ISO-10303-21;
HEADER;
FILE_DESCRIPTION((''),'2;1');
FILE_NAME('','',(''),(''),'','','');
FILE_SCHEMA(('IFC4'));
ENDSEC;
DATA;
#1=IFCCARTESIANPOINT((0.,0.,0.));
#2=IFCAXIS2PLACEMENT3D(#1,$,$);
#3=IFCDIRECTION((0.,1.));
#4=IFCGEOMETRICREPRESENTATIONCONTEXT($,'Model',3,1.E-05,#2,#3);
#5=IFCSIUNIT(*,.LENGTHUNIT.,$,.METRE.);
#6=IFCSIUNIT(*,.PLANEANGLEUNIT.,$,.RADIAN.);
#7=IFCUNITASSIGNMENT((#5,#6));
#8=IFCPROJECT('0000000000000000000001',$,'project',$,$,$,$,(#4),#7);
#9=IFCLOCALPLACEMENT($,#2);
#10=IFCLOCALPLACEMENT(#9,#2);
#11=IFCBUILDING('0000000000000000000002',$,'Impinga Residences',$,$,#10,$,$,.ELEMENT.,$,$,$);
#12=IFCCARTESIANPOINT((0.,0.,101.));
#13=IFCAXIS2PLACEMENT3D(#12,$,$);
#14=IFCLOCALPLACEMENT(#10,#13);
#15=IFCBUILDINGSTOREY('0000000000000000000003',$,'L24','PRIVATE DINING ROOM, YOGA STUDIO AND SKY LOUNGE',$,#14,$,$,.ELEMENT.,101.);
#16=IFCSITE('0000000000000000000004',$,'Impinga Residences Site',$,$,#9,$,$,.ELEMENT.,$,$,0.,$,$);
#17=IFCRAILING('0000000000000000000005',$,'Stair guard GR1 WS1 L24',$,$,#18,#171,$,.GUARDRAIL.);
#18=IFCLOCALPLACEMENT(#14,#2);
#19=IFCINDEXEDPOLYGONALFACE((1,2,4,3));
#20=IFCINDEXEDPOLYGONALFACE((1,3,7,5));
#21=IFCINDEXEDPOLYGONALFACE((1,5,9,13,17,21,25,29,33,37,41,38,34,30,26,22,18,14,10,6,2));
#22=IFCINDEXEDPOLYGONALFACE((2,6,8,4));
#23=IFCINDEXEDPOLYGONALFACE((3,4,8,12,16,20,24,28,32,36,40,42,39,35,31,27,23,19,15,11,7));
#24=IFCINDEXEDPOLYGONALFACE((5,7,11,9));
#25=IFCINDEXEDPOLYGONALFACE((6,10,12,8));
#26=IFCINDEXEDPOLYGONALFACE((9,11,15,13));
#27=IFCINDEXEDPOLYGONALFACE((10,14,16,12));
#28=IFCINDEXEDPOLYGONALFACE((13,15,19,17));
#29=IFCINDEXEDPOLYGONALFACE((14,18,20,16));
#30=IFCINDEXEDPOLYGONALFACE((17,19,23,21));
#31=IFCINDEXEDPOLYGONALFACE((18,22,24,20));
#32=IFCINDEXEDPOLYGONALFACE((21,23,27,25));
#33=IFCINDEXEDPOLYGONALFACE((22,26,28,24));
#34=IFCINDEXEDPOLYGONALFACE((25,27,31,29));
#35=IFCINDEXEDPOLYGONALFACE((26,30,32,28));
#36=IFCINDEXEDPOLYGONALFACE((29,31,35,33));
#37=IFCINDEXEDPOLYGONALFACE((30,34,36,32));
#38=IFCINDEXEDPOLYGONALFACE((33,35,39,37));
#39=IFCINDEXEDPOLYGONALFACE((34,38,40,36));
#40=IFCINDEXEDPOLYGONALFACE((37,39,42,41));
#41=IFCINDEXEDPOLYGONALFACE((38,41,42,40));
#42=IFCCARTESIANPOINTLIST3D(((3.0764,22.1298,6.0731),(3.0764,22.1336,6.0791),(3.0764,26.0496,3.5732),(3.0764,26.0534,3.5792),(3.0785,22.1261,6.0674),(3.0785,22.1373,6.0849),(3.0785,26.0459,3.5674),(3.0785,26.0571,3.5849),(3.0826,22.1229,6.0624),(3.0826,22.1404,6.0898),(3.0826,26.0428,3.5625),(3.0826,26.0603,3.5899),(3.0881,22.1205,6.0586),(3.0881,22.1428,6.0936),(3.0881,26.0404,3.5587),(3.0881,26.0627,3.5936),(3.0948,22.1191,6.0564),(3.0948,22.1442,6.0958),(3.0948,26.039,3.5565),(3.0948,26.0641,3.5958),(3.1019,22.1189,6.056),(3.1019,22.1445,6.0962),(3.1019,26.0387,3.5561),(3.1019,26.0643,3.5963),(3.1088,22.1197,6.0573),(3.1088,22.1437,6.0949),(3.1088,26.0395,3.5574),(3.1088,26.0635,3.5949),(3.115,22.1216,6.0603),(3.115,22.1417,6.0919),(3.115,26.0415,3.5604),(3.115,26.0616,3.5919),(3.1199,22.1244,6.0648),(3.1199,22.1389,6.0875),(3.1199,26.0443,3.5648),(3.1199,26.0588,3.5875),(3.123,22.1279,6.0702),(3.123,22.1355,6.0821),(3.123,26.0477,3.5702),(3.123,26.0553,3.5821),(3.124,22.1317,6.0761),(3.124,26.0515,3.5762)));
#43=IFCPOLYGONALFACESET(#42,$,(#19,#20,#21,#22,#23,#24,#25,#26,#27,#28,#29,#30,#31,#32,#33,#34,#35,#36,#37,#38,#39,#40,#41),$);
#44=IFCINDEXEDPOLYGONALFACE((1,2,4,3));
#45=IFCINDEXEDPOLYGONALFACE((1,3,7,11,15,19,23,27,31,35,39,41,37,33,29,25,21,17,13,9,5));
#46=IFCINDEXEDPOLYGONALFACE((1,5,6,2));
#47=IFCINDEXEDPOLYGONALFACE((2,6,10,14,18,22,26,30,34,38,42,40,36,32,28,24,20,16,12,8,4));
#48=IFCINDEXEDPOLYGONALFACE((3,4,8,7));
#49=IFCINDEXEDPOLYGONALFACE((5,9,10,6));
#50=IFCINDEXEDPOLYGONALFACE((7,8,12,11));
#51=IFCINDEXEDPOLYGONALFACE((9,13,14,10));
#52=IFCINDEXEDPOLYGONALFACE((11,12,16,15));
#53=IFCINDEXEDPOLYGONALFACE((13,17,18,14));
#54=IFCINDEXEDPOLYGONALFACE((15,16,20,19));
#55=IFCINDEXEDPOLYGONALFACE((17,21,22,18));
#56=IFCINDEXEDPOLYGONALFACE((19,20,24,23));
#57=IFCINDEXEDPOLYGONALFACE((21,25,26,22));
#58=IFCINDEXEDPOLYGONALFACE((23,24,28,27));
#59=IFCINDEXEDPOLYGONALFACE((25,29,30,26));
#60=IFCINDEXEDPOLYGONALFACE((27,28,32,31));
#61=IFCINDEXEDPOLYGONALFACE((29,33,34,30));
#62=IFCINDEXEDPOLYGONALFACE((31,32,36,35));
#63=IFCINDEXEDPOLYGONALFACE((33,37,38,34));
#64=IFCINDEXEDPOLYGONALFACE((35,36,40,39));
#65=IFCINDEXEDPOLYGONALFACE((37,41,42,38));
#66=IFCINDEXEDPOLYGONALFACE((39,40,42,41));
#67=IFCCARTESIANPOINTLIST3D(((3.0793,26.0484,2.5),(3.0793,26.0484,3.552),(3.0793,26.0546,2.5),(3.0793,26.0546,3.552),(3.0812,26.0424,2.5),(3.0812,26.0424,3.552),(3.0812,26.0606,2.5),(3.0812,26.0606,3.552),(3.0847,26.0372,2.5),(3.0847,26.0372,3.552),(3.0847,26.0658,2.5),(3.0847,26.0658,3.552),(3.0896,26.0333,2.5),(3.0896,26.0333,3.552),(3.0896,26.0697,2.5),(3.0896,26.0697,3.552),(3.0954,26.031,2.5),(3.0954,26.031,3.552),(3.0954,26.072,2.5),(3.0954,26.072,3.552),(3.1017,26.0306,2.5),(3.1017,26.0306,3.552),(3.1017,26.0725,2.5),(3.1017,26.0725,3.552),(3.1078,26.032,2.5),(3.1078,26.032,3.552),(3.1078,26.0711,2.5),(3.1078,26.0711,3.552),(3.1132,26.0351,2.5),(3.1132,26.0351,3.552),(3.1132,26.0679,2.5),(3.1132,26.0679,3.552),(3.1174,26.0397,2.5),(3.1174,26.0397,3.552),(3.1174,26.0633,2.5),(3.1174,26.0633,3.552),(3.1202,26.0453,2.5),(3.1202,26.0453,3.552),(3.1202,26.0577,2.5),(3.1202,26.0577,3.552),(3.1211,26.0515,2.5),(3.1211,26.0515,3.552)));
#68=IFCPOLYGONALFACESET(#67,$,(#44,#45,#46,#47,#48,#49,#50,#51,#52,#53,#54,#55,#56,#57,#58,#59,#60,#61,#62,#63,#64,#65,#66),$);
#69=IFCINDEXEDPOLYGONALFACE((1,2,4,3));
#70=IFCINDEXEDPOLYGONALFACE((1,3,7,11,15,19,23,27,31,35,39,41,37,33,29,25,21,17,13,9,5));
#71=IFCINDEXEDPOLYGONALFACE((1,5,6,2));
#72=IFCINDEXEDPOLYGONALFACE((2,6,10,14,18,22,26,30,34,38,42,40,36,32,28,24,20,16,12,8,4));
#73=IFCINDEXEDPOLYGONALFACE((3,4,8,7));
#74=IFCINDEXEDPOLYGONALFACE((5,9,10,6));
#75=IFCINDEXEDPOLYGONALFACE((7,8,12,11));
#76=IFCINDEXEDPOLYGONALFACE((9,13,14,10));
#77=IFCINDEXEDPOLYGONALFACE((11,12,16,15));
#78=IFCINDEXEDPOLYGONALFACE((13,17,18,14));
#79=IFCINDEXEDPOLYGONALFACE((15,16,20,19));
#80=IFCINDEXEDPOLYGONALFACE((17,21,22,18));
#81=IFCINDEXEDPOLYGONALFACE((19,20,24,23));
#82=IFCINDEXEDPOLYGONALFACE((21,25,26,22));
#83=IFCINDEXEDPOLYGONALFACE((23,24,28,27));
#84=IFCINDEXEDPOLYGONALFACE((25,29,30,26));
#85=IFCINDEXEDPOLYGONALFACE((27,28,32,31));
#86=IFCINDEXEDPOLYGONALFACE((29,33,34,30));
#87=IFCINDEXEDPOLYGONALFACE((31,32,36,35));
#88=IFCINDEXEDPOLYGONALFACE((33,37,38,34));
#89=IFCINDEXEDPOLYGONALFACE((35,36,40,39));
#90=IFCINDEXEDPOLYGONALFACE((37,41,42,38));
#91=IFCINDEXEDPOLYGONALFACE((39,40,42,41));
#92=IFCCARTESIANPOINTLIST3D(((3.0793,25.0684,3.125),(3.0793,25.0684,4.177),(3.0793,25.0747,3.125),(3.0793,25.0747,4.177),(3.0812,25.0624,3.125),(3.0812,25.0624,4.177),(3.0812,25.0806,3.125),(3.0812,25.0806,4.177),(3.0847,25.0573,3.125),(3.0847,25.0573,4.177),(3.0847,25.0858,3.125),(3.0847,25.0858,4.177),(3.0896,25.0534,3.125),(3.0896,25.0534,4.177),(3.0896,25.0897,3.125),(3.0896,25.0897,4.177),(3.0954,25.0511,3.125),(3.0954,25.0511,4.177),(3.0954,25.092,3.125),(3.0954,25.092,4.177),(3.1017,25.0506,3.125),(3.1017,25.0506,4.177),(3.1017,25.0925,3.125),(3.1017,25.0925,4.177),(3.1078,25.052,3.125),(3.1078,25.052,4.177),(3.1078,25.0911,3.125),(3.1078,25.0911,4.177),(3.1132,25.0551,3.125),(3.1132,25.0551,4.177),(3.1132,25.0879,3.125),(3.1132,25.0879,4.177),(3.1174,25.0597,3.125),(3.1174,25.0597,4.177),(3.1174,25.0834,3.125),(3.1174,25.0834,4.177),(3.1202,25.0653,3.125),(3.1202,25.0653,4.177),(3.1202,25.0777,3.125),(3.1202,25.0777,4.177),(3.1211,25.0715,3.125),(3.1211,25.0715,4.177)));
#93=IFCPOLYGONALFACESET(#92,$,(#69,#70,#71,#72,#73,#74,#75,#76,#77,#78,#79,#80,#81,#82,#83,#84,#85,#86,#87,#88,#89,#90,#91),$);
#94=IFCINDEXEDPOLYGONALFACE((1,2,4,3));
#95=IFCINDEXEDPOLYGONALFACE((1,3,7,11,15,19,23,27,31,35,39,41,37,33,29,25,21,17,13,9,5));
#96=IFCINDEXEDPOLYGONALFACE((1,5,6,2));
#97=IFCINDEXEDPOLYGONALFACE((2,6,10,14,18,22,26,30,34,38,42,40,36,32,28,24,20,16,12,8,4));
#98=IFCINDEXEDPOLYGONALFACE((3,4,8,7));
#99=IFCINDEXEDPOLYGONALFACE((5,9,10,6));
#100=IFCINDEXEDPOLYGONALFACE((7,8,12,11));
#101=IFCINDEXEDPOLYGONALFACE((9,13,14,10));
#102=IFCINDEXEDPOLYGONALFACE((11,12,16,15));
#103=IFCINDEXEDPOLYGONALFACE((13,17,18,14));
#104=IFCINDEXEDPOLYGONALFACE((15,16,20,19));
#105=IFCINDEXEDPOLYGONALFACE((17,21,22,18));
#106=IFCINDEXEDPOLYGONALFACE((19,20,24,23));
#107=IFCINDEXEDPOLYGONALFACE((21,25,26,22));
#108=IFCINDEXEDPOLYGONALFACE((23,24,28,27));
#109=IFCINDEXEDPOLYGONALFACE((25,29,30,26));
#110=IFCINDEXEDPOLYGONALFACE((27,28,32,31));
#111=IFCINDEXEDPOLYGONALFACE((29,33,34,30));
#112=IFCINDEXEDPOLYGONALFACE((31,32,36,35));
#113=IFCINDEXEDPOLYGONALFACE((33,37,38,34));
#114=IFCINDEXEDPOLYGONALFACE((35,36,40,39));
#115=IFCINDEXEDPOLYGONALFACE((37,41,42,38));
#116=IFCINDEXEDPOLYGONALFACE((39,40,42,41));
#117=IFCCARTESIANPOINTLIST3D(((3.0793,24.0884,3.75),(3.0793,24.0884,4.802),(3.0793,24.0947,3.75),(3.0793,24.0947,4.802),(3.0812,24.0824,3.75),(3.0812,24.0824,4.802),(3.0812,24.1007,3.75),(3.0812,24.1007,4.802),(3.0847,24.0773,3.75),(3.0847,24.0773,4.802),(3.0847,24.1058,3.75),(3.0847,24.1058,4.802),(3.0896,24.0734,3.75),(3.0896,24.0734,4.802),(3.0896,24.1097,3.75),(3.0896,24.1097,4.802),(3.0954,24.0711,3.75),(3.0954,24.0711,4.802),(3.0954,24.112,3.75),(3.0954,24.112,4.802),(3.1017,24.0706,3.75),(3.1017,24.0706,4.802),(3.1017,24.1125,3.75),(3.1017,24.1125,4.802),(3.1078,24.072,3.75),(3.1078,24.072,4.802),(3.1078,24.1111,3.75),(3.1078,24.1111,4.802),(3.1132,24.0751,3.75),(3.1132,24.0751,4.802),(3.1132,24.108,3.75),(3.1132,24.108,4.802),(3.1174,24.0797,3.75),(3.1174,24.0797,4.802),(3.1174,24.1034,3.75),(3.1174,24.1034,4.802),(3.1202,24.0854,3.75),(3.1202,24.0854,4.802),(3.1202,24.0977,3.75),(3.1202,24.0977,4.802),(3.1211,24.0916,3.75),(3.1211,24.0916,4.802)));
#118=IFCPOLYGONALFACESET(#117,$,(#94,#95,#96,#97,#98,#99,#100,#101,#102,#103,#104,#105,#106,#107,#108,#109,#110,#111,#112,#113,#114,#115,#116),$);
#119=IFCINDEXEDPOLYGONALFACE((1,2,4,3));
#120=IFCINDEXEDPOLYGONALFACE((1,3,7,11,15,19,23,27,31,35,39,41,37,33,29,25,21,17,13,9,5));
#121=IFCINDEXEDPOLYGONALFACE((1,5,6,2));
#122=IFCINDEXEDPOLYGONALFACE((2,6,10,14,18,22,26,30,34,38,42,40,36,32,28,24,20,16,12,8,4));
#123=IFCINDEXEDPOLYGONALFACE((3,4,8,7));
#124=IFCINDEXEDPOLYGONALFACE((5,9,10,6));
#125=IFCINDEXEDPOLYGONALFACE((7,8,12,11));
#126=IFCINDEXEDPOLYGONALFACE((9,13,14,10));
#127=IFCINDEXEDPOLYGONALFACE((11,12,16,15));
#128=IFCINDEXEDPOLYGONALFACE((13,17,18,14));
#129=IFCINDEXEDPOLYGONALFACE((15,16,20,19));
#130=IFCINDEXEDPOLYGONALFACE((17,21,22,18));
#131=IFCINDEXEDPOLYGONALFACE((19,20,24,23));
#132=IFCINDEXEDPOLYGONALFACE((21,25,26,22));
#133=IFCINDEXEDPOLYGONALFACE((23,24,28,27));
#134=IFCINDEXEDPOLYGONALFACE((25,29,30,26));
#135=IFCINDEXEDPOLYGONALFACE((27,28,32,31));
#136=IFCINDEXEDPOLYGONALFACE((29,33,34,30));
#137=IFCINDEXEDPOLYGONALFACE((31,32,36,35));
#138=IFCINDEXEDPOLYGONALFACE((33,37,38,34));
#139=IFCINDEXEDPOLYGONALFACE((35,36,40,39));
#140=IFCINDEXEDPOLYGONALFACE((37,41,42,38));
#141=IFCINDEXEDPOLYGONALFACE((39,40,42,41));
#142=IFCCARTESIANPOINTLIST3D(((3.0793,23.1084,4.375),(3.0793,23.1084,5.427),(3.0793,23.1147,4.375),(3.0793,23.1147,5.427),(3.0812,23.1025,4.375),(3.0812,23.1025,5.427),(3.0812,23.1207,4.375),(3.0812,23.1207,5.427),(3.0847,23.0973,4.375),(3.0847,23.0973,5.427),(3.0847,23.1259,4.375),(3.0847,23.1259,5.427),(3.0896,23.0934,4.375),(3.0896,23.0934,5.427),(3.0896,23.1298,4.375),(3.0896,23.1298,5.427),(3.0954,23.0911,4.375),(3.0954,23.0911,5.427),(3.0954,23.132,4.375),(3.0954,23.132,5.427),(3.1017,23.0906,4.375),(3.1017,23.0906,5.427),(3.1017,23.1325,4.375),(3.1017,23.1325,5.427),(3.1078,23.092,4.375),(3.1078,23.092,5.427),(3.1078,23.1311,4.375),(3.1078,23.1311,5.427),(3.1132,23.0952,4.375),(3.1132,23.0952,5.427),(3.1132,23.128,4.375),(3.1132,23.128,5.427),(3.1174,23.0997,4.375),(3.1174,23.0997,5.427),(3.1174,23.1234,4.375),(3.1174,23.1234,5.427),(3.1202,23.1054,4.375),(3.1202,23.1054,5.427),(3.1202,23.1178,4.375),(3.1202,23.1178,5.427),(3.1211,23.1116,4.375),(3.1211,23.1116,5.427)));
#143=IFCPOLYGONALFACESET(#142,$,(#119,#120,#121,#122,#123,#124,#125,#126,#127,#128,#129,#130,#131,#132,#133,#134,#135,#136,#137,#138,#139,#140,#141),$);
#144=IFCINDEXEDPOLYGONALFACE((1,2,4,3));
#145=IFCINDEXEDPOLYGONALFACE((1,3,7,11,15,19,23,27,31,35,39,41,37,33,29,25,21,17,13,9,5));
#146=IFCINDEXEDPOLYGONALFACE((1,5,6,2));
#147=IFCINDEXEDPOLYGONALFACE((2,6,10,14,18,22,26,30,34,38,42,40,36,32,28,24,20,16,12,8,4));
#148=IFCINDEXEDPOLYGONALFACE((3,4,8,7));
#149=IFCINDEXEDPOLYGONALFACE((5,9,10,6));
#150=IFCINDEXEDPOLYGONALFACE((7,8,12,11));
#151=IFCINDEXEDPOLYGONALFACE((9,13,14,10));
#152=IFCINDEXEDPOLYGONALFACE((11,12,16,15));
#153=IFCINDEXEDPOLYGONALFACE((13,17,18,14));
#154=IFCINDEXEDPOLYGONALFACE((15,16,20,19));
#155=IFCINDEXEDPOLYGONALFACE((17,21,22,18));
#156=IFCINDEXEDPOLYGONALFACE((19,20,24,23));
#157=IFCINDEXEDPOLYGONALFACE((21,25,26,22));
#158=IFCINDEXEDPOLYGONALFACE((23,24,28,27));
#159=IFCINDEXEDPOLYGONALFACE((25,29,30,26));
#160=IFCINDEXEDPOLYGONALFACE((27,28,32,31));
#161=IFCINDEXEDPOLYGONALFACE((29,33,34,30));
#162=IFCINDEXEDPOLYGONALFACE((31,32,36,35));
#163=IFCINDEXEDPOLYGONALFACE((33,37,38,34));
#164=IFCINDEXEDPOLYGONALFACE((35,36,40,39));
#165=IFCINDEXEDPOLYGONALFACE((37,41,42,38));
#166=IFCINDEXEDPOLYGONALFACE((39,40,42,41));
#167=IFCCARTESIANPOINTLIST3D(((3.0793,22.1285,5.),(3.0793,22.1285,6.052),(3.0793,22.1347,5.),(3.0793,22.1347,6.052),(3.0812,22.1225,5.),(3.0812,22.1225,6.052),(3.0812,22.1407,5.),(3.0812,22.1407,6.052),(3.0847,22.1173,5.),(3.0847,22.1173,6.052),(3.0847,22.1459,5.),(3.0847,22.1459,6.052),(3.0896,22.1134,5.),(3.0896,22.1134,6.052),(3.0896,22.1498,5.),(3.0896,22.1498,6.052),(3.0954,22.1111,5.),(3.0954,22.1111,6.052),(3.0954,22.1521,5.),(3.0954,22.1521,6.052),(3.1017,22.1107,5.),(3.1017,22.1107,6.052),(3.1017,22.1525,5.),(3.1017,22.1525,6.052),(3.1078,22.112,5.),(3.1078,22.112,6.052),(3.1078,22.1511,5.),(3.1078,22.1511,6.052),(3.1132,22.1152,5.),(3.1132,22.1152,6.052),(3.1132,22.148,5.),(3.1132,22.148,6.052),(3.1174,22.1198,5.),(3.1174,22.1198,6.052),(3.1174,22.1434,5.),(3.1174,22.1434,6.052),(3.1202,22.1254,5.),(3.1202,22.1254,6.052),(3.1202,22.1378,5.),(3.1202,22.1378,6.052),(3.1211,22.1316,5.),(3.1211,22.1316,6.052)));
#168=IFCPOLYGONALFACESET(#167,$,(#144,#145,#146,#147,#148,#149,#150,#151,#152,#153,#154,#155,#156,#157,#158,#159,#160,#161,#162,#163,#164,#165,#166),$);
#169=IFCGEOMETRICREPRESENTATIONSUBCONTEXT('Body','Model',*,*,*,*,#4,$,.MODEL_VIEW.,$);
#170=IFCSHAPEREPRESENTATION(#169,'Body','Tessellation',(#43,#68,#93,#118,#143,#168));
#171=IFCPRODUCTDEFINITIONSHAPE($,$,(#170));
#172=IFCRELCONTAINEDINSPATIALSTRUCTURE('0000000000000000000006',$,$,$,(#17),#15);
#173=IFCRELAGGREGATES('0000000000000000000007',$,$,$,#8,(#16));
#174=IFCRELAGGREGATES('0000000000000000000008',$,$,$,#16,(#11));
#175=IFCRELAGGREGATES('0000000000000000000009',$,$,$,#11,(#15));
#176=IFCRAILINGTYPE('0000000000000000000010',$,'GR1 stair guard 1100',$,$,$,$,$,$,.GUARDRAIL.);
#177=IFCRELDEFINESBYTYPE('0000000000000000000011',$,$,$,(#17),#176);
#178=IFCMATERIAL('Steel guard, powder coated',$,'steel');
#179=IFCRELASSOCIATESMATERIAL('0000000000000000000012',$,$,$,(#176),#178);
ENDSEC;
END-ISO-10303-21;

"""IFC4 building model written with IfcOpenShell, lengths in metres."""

from ifc_helpers import new_model, si_unit, direction, frame, origin, origin_2d, place, context, subcontext, project, spatial, circle, extrude, material, type_object, element, save


model = new_model("IFC4")

# Units and contexts
model_context = context("Model", 3, precision=1e-05, world=origin(), true_north=direction((0.0, 1.0)))
body_context = subcontext(model_context, "Body", "Model", "MODEL_VIEW")
ifc_project = project(units=[si_unit("LENGTHUNIT", "METRE"), si_unit("PLANEANGLEUNIT", "RADIAN")], contexts=[model_context])

# Site, building, storey
site_placement = place(None, origin())
site = spatial("IfcSite", under=ifc_project, at=site_placement, Name="Impinga Residences Site", CompositionType="ELEMENT", RefElevation=0.0)
building_placement = place(site_placement, origin())
building = spatial("IfcBuilding", under=site, at=building_placement, Name="Impinga Residences", CompositionType="ELEMENT")
storey_placement = place(building_placement, frame((0.0, 0.0, 101.0)))
storey = spatial("IfcBuildingStorey", under=building, at=storey_placement, Name="L24", Description="PRIVATE DINING ROOM, YOGA STUDIO AND SKY LOUNGE", CompositionType="ELEMENT", Elevation=101.0)

# Railing
ifc_material_1 = material(Name="Steel guard, powder coated", Category="steel")
railing_type_1 = type_object("IfcRailingType", Name="GR1 stair guard 1100", PredefinedType="GUARDRAIL", material=ifc_material_1)
railing_1_placement = place(storey_placement, frame((3.1001, 26.0515, 2.5)))
element("IfcRailing", 1, at=railing_1_placement, inside=storey, type_object=railing_type_1, Name="Stair guard GR1 WS1 L24", PredefinedType="GUARDRAIL", context=body_context, shape_type="SweptSolid", body=[
    extrude(circle(Radius=0.0239, at=origin_2d()), frame((0.0, 0.0, 1.0762), z_axis=(0.0, -0.843125, 0.537718), x_axis=(1.0, 0.0, 0.0)), (0.0, 0.0, 1.0), 4.6492),
    extrude(circle(Radius=0.021, at=origin_2d()), origin(), (0.0, 0.0, 1.0), 1.052),
    extrude(circle(Radius=0.021, at=origin_2d()), frame((0.0, -0.98, 0.625)), (0.0, 0.0, 1.0), 1.052),
    extrude(circle(Radius=0.021, at=origin_2d()), frame((0.0, -1.96, 1.25)), (0.0, 0.0, 1.0), 1.052),
    extrude(circle(Radius=0.021, at=origin_2d()), frame((0.0, -2.9399, 1.875)), (0.0, 0.0, 1.0), 1.052),
    extrude(circle(Radius=0.021, at=origin_2d()), frame((0.0, -3.9199, 2.5)), (0.0, 0.0, 1.0), 1.052),
])

save(model, "model.ifc")
